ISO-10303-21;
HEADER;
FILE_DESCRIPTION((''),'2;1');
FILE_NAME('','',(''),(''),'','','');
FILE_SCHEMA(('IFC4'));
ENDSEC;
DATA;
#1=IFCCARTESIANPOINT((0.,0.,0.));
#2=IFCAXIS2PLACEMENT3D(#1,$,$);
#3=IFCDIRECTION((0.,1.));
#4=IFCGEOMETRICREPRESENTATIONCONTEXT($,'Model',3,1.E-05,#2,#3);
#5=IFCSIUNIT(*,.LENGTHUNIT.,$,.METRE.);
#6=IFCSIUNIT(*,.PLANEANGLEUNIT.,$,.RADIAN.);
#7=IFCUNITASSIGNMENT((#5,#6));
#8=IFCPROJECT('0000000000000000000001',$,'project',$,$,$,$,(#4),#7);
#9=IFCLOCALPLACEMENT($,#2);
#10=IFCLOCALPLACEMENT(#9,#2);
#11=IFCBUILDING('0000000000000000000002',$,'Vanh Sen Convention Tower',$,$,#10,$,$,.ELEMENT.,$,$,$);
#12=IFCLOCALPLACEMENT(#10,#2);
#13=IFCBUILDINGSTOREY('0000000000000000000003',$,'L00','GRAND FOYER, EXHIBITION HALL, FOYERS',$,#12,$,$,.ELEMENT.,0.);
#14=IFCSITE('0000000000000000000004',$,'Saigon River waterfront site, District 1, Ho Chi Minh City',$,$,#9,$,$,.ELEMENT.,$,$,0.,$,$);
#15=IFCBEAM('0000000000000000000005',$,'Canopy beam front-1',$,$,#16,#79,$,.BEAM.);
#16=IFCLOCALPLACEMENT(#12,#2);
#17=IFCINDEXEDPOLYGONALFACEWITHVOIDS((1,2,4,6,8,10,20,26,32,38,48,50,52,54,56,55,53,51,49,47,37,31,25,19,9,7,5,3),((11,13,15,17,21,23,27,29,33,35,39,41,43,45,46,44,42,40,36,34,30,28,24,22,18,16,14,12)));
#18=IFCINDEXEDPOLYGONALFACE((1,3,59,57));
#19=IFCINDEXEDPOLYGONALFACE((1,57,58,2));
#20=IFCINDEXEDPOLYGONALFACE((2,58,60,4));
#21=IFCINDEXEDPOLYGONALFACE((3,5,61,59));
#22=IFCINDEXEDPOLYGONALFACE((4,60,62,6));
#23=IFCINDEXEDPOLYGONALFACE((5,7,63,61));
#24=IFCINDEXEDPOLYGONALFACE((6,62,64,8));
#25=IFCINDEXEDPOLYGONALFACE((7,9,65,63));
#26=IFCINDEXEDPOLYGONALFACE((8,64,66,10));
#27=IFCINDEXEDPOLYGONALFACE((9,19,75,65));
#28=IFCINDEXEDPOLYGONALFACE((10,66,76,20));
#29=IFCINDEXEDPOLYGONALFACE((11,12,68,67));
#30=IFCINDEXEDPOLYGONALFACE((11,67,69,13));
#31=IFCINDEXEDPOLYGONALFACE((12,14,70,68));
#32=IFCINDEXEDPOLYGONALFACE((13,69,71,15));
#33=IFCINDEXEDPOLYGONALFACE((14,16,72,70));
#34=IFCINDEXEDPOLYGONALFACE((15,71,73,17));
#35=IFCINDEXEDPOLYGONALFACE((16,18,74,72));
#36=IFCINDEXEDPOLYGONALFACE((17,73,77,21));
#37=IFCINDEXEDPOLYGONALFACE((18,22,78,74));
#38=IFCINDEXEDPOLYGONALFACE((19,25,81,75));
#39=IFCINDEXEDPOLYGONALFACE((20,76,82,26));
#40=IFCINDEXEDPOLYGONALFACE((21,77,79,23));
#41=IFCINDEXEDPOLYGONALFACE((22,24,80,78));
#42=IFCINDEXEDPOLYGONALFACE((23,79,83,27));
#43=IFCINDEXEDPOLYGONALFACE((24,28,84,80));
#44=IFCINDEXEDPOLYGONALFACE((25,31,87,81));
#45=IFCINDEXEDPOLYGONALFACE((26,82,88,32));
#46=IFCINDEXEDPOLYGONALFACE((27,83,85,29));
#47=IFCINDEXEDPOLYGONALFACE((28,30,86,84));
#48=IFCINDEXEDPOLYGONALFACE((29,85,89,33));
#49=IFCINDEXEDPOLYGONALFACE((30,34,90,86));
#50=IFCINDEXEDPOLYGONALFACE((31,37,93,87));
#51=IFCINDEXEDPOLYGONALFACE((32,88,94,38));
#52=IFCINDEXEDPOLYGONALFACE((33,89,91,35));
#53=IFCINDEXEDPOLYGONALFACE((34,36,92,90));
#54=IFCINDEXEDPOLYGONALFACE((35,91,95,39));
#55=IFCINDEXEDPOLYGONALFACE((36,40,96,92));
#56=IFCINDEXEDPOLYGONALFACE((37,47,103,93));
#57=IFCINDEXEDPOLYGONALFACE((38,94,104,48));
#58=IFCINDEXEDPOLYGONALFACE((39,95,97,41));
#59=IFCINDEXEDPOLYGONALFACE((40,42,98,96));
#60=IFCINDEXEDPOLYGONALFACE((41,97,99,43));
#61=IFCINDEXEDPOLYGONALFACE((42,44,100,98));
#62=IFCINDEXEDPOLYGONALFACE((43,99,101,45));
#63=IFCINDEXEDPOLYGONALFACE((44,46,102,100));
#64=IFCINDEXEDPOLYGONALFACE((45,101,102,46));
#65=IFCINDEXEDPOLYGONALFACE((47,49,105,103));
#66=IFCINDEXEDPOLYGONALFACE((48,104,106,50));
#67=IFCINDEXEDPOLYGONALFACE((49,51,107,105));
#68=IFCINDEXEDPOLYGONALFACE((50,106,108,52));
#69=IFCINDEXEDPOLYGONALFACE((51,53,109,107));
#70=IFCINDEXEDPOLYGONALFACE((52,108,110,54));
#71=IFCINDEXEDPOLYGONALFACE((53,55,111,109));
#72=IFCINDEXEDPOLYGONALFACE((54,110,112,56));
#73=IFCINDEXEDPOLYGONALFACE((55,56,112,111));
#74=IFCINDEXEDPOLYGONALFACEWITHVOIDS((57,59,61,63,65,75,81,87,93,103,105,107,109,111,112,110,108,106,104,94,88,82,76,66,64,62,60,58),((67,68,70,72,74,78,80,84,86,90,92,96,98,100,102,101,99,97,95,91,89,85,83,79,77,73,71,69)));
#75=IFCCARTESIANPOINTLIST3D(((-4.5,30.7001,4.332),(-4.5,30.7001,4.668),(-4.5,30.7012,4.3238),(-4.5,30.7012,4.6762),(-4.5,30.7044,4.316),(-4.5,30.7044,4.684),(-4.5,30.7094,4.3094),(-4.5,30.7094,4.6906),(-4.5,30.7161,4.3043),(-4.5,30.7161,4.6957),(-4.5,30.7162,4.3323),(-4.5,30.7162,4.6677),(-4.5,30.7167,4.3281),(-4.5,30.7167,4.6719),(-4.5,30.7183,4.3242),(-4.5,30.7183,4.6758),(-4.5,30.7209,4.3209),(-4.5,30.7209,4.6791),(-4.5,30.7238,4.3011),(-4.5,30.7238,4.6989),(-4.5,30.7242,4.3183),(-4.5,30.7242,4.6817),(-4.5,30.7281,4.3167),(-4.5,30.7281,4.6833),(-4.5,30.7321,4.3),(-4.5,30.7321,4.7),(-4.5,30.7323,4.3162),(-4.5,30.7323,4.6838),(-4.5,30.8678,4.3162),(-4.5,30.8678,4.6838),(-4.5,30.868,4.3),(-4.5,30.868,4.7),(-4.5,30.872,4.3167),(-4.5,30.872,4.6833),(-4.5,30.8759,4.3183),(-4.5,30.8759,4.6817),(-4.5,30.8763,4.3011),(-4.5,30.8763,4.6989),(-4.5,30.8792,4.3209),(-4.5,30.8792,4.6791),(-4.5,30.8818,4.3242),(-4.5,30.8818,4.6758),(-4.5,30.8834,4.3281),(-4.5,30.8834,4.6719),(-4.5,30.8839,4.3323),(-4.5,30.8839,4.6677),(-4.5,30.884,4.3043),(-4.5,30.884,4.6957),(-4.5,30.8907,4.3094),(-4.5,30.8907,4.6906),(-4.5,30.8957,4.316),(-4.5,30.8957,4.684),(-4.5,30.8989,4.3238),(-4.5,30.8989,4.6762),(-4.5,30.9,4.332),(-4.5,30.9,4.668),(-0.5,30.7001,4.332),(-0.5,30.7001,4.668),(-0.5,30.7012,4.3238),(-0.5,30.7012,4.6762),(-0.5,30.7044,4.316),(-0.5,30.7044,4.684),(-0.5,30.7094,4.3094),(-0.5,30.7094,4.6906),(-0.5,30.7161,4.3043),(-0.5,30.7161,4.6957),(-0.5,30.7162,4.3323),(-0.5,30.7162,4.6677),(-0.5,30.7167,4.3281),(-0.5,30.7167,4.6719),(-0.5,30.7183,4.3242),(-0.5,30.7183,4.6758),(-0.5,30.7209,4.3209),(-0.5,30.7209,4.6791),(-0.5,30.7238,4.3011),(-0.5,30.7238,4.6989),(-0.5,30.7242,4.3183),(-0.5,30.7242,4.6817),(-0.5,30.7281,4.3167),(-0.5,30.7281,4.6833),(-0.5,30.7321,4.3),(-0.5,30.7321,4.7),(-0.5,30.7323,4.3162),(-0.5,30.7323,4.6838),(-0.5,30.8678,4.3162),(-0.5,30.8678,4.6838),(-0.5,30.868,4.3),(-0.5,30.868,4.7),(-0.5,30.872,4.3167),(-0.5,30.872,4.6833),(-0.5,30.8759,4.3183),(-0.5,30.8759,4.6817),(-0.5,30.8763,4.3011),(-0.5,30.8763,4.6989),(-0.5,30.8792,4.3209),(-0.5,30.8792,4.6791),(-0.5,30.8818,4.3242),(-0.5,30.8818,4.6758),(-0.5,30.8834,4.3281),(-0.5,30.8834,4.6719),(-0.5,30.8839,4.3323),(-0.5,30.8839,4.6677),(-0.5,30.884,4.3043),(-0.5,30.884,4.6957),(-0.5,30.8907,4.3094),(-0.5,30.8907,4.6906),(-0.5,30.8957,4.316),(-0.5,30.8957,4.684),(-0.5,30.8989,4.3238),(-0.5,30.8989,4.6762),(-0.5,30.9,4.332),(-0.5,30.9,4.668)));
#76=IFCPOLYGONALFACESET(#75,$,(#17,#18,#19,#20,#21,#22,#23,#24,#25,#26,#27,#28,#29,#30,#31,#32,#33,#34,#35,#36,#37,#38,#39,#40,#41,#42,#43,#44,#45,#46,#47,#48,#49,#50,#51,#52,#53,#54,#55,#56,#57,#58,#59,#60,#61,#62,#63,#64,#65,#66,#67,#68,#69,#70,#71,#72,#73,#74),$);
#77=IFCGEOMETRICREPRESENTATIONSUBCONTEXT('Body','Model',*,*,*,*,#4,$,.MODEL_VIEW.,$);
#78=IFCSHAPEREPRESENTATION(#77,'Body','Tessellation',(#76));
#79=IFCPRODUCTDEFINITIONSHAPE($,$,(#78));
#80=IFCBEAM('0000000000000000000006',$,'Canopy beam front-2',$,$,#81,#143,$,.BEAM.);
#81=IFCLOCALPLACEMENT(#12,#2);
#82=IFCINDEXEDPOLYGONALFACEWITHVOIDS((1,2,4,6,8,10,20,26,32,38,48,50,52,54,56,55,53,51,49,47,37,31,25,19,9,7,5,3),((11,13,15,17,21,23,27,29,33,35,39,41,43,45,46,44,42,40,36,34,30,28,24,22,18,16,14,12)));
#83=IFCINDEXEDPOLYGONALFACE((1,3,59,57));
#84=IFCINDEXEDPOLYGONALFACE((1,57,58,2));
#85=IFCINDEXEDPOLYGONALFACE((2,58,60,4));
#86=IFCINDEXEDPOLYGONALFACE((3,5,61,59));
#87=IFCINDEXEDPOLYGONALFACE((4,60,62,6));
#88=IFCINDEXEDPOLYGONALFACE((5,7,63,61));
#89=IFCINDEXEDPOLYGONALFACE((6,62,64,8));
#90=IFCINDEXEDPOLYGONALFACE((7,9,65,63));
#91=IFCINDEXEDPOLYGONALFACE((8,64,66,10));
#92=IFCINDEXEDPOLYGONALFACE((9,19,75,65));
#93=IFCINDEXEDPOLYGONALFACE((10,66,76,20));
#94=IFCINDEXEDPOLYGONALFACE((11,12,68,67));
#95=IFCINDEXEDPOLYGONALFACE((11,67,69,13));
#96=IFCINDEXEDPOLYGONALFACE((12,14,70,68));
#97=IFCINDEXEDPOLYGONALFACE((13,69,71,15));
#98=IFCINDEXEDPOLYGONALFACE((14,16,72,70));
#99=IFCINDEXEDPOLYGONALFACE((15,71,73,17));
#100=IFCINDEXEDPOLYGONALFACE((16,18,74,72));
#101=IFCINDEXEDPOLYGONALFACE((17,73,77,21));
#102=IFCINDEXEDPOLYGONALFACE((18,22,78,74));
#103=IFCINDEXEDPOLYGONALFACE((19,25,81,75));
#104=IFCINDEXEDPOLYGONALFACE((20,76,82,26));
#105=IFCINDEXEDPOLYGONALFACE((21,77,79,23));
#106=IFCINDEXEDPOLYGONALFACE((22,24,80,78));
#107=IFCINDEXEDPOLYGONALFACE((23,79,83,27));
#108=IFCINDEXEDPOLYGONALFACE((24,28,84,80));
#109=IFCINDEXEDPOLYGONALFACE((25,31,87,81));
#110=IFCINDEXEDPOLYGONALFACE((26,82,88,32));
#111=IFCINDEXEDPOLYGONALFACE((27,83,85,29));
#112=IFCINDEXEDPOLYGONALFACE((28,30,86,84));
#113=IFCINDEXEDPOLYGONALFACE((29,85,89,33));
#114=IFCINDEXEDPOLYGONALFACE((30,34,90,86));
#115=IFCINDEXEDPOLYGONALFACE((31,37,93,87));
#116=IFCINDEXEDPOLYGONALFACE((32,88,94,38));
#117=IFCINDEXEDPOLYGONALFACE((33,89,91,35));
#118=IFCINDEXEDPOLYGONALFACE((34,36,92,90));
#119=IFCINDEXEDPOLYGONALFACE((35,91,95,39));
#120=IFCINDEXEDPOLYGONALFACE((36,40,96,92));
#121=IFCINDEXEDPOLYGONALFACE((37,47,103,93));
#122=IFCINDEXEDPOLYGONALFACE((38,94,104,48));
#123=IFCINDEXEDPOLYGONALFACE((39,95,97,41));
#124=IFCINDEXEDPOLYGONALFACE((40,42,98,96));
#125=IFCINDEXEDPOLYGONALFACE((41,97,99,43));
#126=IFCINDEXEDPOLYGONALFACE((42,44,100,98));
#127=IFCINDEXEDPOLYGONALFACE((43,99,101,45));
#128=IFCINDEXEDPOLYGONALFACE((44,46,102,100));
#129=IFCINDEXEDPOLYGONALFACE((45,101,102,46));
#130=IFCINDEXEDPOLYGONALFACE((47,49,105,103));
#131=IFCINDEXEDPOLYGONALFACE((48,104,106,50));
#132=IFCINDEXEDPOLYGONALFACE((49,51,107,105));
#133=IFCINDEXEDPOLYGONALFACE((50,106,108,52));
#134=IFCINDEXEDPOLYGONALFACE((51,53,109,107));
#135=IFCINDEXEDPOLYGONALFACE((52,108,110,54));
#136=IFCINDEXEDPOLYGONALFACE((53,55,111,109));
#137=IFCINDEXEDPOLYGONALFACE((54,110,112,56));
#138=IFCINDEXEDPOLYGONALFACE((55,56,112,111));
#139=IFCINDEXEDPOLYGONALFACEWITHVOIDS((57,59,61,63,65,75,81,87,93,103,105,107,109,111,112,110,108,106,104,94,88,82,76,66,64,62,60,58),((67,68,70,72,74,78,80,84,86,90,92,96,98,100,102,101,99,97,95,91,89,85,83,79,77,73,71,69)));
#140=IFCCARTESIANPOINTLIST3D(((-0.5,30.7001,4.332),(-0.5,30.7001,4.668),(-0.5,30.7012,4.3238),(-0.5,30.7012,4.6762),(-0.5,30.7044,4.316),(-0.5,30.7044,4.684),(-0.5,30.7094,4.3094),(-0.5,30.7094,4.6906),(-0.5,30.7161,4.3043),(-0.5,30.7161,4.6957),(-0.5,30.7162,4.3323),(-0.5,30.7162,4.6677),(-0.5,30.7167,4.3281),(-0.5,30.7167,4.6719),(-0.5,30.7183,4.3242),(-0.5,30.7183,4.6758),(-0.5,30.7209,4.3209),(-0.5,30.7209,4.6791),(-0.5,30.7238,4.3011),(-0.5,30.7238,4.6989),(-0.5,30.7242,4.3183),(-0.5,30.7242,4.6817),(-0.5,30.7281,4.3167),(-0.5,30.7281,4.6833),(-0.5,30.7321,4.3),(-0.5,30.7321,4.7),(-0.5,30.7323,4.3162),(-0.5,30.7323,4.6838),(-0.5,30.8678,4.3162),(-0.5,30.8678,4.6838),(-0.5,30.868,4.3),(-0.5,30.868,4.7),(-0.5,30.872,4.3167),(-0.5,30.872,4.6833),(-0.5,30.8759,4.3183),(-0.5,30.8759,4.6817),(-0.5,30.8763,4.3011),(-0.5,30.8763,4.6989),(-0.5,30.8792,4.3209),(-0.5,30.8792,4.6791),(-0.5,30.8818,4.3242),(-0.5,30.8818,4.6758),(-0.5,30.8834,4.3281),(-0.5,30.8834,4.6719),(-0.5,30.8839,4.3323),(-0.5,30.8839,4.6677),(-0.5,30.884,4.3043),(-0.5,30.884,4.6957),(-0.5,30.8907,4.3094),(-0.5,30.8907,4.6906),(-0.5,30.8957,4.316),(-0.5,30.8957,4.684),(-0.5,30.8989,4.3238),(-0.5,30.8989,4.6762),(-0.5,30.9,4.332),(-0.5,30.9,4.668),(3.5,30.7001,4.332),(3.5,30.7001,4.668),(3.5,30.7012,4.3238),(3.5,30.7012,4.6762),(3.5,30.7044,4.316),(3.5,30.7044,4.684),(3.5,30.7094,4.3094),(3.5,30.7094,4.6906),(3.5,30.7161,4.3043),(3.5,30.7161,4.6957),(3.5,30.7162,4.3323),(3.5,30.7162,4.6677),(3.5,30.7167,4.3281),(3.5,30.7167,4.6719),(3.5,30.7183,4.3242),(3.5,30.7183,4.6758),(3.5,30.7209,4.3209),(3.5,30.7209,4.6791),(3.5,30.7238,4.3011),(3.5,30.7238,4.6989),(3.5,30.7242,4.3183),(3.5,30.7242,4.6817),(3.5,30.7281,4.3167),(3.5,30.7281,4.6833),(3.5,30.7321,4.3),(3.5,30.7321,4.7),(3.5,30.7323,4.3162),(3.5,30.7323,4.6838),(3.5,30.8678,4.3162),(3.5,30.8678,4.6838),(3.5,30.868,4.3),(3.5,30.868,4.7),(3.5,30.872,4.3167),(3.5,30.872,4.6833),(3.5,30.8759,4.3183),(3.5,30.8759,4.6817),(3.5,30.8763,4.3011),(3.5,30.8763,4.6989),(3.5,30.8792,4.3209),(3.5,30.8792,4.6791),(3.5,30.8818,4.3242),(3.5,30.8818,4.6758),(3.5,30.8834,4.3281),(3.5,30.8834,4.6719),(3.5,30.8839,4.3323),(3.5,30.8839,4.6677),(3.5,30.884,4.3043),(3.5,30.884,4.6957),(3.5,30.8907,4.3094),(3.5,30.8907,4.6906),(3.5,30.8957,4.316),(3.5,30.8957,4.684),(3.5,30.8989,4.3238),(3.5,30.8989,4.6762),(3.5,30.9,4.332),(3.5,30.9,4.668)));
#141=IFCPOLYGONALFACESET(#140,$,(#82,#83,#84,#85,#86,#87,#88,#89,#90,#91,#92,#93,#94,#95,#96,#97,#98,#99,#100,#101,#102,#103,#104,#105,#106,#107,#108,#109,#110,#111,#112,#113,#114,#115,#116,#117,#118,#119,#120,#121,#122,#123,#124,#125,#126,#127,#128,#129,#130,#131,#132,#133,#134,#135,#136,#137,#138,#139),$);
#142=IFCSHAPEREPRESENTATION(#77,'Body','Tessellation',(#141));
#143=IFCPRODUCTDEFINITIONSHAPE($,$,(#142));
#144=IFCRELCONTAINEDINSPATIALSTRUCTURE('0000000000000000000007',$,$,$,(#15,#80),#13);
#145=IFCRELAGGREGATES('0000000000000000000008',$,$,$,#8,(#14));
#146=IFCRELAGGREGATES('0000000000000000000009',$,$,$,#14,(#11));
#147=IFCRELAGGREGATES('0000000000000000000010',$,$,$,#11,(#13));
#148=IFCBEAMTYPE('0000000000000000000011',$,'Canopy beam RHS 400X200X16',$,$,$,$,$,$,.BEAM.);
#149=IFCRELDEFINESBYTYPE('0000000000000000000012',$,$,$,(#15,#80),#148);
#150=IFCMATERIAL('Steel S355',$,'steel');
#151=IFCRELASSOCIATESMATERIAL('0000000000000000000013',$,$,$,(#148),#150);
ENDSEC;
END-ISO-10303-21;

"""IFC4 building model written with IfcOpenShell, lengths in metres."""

from ifc_helpers import new_model, si_unit, direction, frame, origin, origin_2d, place, context, subcontext, project, spatial, hollow_rectangle, extrude, material, material_profile, profile_set, type_object, element, save


model = new_model("IFC4")

# Units and contexts
model_context = context("Model", 3, precision=1e-05, world=origin(), true_north=direction((0.0, 1.0)))
body_context = subcontext(model_context, "Body", "Model", "MODEL_VIEW")
ifc_project = project(units=[si_unit("LENGTHUNIT", "METRE"), si_unit("PLANEANGLEUNIT", "RADIAN")], contexts=[model_context])

# Site, building, storey
site_placement = place(None, origin())
site = spatial("IfcSite", under=ifc_project, at=site_placement, Name="Saigon River waterfront site, District 1, Ho Chi Minh City", CompositionType="ELEMENT", RefElevation=0.0)
building_placement = place(site_placement, origin())
building = spatial("IfcBuilding", under=site, at=building_placement, Name="Vanh Sen Convention Tower", CompositionType="ELEMENT")
storey_placement = place(building_placement, origin())
storey = spatial("IfcBuildingStorey", under=building, at=storey_placement, Name="L00", Description="GRAND FOYER, EXHIBITION HALL, FOYERS", CompositionType="ELEMENT", Elevation=0.0)

# Shared definitions
ifc_material_1 = material(Name="Steel S355", Category="steel")

# Beams
ifc_material_profile_1 = material_profile(ifc_material_1, hollow_rectangle(XDim=0.2, YDim=0.3999, WallThickness=0.0161, InnerFilletRadius=0.0161, OuterFilletRadius=0.032, at=origin_2d()), Name="RHS 400X200X16")
ifc_profile_set_1 = profile_set([ifc_material_profile_1], Name="Steel S355")
beam_type_1 = type_object("IfcBeamType", Name="Canopy beam RHS 400X200X16", PredefinedType="BEAM", material=ifc_profile_set_1)
for number, where, z_axis, x_axis, name in (
    (1, (-4.5, 30.8, 4.5), (1.0, 0.0, 0.0), (0.0, 1.0, 0.0), "Canopy beam front-1"),
    (2, (-0.5, 30.8, 4.5), (1.0, 0.0, 0.0), (0.0, 1.0, 0.0), "Canopy beam front-2"),
):
    element("IfcBeam", number, at=place(storey_placement, frame(where, z_axis=z_axis, x_axis=x_axis)), inside=storey, type_object=beam_type_1, Name=name, PredefinedType="BEAM", context=body_context, shape_type="SweptSolid", body=[
        extrude(hollow_rectangle(XDim=0.2, YDim=0.3999, WallThickness=0.0161, InnerFilletRadius=0.0161, OuterFilletRadius=0.032, at=origin_2d()), origin(), (0.0, 0.0, 1.0), 4.0),
    ])

save(model, "model.ifc")
